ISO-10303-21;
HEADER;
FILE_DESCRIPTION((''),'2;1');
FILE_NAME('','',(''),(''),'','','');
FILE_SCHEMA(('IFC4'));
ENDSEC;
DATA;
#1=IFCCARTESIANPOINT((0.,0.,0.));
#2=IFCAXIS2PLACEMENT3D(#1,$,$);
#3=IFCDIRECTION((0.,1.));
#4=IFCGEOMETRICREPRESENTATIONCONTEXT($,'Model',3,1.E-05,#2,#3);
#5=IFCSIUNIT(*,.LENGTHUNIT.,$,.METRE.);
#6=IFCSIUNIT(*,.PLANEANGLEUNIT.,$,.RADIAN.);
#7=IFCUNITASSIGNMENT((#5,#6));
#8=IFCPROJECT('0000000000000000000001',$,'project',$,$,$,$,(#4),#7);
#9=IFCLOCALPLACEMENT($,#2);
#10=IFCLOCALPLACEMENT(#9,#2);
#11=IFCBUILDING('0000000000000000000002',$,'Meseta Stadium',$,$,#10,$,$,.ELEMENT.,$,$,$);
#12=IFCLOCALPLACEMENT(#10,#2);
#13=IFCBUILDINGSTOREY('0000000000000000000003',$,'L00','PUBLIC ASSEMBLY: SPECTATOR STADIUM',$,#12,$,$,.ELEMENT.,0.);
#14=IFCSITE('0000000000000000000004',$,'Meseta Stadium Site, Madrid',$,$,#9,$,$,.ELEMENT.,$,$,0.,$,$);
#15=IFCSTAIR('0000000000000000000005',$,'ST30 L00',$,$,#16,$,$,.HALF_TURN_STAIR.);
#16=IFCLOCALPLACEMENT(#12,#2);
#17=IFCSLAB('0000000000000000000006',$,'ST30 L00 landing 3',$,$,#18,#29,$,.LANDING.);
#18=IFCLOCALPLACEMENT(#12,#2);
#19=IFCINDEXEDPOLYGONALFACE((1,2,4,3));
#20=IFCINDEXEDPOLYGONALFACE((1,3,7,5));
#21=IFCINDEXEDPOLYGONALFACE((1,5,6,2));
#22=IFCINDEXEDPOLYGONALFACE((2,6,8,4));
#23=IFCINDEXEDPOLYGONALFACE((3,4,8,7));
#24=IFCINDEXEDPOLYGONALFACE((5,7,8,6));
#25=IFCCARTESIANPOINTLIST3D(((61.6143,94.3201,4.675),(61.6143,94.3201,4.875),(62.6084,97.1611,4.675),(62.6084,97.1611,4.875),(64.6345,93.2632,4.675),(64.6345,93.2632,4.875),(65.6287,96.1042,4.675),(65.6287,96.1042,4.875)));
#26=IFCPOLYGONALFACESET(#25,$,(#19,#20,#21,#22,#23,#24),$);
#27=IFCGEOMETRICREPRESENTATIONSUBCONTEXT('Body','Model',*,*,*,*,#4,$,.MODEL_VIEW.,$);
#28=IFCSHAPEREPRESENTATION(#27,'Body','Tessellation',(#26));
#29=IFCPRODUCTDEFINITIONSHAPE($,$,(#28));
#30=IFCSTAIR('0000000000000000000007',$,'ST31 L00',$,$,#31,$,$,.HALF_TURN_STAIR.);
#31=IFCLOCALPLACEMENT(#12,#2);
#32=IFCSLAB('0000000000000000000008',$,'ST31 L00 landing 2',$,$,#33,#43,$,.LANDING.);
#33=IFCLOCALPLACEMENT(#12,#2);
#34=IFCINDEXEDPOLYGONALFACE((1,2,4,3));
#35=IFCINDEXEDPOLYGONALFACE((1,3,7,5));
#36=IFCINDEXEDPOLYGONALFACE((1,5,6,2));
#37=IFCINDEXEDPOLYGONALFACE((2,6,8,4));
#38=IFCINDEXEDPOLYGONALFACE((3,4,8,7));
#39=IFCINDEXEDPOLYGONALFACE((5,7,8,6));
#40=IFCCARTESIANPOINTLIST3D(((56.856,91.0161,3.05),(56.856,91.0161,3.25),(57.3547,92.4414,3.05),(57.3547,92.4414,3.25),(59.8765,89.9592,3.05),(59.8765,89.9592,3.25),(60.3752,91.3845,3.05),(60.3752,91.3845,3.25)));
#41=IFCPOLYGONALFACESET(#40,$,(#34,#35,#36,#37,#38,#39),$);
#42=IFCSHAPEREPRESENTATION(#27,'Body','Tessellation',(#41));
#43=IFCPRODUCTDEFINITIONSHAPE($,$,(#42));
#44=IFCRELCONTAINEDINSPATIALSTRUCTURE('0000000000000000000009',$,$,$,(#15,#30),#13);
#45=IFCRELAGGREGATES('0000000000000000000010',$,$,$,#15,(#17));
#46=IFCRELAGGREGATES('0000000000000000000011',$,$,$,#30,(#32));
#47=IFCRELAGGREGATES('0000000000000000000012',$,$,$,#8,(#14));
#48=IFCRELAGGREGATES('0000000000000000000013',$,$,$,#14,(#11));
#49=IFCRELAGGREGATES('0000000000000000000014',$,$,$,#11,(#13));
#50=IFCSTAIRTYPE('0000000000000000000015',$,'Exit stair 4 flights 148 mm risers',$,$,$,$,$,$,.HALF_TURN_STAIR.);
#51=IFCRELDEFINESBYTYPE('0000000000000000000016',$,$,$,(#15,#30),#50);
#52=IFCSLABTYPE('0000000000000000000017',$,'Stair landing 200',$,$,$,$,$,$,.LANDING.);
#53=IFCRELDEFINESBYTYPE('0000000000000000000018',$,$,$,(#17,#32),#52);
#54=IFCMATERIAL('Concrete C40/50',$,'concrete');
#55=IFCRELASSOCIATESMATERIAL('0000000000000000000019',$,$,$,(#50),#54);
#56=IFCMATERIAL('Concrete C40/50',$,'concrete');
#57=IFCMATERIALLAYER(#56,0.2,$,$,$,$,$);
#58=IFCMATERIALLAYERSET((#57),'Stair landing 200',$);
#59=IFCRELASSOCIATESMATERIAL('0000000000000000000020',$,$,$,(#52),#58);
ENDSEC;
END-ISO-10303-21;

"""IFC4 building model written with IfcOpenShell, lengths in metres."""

from ifc_helpers import new_model, si_unit, direction, frame, origin, place, context, subcontext, project, spatial, polyline, outline, extrude, material, layer, layer_set, type_object, element, aggregate, save


model = new_model("IFC4")

# Units and contexts
model_context = context("Model", 3, precision=1e-05, world=origin(), true_north=direction((0.0, 1.0)))
body_context = subcontext(model_context, "Body", "Model", "MODEL_VIEW")
ifc_project = project(units=[si_unit("LENGTHUNIT", "METRE"), si_unit("PLANEANGLEUNIT", "RADIAN")], contexts=[model_context])

# Site, building, storey
site_placement = place(None, origin())
site = spatial("IfcSite", under=ifc_project, at=site_placement, Name="Meseta Stadium Site, Madrid", CompositionType="ELEMENT", RefElevation=0.0)
building_placement = place(site_placement, origin())
building = spatial("IfcBuilding", under=site, at=building_placement, Name="Meseta Stadium", CompositionType="ELEMENT")
storey_placement = place(building_placement, origin())
storey = spatial("IfcBuildingStorey", under=building, at=storey_placement, Name="L00", Description="PUBLIC ASSEMBLY: SPECTATOR STADIUM", CompositionType="ELEMENT", Elevation=0.0)

# Shared definitions
ifc_material_1 = material(Name="Concrete C40/50", Category="concrete")
stair_type = type_object("IfcStairType", Name="Exit stair 4 flights 148 mm risers", PredefinedType="HALF_TURN_STAIR", material=ifc_material_1)
ifc_material_2 = material(Name="Concrete C40/50", Category="concrete")
ifc_layer = layer(ifc_material_2, 0.2)
ifc_layer_set = layer_set([ifc_layer], Name="Stair landing 200")
slab_type = type_object("IfcSlabType", Name="Stair landing 200", PredefinedType="LANDING", material=ifc_layer_set)

# Stair, slab
stair_1_placement = place(storey_placement, origin())
stair_1 = element("IfcStair", 1, at=stair_1_placement, inside=storey, type_object=stair_type, Name="ST30 L00", PredefinedType="HALF_TURN_STAIR")
slab_1_placement = place(storey_placement, frame((0.0, 0.0, 4.675)))
slab_1 = element("IfcSlab", 2, at=slab_1_placement, type_object=slab_type, Name="ST30 L00 landing 3", PredefinedType="LANDING", context=body_context, shape_type="SweptSolid", body=[
    extrude(outline(polyline([(64.6345, 93.2632), (65.6287, 96.1042), (62.6084, 97.1611), (61.6143, 94.3201), (64.6345, 93.2632)])), origin(), (0.0, 0.0, 1.0), 0.2),
])
aggregate(stair_1, [slab_1])

# Stair, slab
stair_2_placement = place(storey_placement, origin())
stair_2 = element("IfcStair", 3, at=stair_2_placement, inside=storey, type_object=stair_type, Name="ST31 L00", PredefinedType="HALF_TURN_STAIR")
slab_2_placement = place(storey_placement, frame((0.0, 0.0, 3.05)))
slab_2 = element("IfcSlab", 4, at=slab_2_placement, type_object=slab_type, Name="ST31 L00 landing 2", PredefinedType="LANDING", context=body_context, shape_type="SweptSolid", body=[
    extrude(outline(polyline([(59.8765, 89.9592), (60.3752, 91.3845), (57.3547, 92.4414), (56.856, 91.0161), (59.8765, 89.9592)])), origin(), (0.0, 0.0, 1.0), 0.2),
])
aggregate(stair_2, [slab_2])

save(model, "model.ifc")
